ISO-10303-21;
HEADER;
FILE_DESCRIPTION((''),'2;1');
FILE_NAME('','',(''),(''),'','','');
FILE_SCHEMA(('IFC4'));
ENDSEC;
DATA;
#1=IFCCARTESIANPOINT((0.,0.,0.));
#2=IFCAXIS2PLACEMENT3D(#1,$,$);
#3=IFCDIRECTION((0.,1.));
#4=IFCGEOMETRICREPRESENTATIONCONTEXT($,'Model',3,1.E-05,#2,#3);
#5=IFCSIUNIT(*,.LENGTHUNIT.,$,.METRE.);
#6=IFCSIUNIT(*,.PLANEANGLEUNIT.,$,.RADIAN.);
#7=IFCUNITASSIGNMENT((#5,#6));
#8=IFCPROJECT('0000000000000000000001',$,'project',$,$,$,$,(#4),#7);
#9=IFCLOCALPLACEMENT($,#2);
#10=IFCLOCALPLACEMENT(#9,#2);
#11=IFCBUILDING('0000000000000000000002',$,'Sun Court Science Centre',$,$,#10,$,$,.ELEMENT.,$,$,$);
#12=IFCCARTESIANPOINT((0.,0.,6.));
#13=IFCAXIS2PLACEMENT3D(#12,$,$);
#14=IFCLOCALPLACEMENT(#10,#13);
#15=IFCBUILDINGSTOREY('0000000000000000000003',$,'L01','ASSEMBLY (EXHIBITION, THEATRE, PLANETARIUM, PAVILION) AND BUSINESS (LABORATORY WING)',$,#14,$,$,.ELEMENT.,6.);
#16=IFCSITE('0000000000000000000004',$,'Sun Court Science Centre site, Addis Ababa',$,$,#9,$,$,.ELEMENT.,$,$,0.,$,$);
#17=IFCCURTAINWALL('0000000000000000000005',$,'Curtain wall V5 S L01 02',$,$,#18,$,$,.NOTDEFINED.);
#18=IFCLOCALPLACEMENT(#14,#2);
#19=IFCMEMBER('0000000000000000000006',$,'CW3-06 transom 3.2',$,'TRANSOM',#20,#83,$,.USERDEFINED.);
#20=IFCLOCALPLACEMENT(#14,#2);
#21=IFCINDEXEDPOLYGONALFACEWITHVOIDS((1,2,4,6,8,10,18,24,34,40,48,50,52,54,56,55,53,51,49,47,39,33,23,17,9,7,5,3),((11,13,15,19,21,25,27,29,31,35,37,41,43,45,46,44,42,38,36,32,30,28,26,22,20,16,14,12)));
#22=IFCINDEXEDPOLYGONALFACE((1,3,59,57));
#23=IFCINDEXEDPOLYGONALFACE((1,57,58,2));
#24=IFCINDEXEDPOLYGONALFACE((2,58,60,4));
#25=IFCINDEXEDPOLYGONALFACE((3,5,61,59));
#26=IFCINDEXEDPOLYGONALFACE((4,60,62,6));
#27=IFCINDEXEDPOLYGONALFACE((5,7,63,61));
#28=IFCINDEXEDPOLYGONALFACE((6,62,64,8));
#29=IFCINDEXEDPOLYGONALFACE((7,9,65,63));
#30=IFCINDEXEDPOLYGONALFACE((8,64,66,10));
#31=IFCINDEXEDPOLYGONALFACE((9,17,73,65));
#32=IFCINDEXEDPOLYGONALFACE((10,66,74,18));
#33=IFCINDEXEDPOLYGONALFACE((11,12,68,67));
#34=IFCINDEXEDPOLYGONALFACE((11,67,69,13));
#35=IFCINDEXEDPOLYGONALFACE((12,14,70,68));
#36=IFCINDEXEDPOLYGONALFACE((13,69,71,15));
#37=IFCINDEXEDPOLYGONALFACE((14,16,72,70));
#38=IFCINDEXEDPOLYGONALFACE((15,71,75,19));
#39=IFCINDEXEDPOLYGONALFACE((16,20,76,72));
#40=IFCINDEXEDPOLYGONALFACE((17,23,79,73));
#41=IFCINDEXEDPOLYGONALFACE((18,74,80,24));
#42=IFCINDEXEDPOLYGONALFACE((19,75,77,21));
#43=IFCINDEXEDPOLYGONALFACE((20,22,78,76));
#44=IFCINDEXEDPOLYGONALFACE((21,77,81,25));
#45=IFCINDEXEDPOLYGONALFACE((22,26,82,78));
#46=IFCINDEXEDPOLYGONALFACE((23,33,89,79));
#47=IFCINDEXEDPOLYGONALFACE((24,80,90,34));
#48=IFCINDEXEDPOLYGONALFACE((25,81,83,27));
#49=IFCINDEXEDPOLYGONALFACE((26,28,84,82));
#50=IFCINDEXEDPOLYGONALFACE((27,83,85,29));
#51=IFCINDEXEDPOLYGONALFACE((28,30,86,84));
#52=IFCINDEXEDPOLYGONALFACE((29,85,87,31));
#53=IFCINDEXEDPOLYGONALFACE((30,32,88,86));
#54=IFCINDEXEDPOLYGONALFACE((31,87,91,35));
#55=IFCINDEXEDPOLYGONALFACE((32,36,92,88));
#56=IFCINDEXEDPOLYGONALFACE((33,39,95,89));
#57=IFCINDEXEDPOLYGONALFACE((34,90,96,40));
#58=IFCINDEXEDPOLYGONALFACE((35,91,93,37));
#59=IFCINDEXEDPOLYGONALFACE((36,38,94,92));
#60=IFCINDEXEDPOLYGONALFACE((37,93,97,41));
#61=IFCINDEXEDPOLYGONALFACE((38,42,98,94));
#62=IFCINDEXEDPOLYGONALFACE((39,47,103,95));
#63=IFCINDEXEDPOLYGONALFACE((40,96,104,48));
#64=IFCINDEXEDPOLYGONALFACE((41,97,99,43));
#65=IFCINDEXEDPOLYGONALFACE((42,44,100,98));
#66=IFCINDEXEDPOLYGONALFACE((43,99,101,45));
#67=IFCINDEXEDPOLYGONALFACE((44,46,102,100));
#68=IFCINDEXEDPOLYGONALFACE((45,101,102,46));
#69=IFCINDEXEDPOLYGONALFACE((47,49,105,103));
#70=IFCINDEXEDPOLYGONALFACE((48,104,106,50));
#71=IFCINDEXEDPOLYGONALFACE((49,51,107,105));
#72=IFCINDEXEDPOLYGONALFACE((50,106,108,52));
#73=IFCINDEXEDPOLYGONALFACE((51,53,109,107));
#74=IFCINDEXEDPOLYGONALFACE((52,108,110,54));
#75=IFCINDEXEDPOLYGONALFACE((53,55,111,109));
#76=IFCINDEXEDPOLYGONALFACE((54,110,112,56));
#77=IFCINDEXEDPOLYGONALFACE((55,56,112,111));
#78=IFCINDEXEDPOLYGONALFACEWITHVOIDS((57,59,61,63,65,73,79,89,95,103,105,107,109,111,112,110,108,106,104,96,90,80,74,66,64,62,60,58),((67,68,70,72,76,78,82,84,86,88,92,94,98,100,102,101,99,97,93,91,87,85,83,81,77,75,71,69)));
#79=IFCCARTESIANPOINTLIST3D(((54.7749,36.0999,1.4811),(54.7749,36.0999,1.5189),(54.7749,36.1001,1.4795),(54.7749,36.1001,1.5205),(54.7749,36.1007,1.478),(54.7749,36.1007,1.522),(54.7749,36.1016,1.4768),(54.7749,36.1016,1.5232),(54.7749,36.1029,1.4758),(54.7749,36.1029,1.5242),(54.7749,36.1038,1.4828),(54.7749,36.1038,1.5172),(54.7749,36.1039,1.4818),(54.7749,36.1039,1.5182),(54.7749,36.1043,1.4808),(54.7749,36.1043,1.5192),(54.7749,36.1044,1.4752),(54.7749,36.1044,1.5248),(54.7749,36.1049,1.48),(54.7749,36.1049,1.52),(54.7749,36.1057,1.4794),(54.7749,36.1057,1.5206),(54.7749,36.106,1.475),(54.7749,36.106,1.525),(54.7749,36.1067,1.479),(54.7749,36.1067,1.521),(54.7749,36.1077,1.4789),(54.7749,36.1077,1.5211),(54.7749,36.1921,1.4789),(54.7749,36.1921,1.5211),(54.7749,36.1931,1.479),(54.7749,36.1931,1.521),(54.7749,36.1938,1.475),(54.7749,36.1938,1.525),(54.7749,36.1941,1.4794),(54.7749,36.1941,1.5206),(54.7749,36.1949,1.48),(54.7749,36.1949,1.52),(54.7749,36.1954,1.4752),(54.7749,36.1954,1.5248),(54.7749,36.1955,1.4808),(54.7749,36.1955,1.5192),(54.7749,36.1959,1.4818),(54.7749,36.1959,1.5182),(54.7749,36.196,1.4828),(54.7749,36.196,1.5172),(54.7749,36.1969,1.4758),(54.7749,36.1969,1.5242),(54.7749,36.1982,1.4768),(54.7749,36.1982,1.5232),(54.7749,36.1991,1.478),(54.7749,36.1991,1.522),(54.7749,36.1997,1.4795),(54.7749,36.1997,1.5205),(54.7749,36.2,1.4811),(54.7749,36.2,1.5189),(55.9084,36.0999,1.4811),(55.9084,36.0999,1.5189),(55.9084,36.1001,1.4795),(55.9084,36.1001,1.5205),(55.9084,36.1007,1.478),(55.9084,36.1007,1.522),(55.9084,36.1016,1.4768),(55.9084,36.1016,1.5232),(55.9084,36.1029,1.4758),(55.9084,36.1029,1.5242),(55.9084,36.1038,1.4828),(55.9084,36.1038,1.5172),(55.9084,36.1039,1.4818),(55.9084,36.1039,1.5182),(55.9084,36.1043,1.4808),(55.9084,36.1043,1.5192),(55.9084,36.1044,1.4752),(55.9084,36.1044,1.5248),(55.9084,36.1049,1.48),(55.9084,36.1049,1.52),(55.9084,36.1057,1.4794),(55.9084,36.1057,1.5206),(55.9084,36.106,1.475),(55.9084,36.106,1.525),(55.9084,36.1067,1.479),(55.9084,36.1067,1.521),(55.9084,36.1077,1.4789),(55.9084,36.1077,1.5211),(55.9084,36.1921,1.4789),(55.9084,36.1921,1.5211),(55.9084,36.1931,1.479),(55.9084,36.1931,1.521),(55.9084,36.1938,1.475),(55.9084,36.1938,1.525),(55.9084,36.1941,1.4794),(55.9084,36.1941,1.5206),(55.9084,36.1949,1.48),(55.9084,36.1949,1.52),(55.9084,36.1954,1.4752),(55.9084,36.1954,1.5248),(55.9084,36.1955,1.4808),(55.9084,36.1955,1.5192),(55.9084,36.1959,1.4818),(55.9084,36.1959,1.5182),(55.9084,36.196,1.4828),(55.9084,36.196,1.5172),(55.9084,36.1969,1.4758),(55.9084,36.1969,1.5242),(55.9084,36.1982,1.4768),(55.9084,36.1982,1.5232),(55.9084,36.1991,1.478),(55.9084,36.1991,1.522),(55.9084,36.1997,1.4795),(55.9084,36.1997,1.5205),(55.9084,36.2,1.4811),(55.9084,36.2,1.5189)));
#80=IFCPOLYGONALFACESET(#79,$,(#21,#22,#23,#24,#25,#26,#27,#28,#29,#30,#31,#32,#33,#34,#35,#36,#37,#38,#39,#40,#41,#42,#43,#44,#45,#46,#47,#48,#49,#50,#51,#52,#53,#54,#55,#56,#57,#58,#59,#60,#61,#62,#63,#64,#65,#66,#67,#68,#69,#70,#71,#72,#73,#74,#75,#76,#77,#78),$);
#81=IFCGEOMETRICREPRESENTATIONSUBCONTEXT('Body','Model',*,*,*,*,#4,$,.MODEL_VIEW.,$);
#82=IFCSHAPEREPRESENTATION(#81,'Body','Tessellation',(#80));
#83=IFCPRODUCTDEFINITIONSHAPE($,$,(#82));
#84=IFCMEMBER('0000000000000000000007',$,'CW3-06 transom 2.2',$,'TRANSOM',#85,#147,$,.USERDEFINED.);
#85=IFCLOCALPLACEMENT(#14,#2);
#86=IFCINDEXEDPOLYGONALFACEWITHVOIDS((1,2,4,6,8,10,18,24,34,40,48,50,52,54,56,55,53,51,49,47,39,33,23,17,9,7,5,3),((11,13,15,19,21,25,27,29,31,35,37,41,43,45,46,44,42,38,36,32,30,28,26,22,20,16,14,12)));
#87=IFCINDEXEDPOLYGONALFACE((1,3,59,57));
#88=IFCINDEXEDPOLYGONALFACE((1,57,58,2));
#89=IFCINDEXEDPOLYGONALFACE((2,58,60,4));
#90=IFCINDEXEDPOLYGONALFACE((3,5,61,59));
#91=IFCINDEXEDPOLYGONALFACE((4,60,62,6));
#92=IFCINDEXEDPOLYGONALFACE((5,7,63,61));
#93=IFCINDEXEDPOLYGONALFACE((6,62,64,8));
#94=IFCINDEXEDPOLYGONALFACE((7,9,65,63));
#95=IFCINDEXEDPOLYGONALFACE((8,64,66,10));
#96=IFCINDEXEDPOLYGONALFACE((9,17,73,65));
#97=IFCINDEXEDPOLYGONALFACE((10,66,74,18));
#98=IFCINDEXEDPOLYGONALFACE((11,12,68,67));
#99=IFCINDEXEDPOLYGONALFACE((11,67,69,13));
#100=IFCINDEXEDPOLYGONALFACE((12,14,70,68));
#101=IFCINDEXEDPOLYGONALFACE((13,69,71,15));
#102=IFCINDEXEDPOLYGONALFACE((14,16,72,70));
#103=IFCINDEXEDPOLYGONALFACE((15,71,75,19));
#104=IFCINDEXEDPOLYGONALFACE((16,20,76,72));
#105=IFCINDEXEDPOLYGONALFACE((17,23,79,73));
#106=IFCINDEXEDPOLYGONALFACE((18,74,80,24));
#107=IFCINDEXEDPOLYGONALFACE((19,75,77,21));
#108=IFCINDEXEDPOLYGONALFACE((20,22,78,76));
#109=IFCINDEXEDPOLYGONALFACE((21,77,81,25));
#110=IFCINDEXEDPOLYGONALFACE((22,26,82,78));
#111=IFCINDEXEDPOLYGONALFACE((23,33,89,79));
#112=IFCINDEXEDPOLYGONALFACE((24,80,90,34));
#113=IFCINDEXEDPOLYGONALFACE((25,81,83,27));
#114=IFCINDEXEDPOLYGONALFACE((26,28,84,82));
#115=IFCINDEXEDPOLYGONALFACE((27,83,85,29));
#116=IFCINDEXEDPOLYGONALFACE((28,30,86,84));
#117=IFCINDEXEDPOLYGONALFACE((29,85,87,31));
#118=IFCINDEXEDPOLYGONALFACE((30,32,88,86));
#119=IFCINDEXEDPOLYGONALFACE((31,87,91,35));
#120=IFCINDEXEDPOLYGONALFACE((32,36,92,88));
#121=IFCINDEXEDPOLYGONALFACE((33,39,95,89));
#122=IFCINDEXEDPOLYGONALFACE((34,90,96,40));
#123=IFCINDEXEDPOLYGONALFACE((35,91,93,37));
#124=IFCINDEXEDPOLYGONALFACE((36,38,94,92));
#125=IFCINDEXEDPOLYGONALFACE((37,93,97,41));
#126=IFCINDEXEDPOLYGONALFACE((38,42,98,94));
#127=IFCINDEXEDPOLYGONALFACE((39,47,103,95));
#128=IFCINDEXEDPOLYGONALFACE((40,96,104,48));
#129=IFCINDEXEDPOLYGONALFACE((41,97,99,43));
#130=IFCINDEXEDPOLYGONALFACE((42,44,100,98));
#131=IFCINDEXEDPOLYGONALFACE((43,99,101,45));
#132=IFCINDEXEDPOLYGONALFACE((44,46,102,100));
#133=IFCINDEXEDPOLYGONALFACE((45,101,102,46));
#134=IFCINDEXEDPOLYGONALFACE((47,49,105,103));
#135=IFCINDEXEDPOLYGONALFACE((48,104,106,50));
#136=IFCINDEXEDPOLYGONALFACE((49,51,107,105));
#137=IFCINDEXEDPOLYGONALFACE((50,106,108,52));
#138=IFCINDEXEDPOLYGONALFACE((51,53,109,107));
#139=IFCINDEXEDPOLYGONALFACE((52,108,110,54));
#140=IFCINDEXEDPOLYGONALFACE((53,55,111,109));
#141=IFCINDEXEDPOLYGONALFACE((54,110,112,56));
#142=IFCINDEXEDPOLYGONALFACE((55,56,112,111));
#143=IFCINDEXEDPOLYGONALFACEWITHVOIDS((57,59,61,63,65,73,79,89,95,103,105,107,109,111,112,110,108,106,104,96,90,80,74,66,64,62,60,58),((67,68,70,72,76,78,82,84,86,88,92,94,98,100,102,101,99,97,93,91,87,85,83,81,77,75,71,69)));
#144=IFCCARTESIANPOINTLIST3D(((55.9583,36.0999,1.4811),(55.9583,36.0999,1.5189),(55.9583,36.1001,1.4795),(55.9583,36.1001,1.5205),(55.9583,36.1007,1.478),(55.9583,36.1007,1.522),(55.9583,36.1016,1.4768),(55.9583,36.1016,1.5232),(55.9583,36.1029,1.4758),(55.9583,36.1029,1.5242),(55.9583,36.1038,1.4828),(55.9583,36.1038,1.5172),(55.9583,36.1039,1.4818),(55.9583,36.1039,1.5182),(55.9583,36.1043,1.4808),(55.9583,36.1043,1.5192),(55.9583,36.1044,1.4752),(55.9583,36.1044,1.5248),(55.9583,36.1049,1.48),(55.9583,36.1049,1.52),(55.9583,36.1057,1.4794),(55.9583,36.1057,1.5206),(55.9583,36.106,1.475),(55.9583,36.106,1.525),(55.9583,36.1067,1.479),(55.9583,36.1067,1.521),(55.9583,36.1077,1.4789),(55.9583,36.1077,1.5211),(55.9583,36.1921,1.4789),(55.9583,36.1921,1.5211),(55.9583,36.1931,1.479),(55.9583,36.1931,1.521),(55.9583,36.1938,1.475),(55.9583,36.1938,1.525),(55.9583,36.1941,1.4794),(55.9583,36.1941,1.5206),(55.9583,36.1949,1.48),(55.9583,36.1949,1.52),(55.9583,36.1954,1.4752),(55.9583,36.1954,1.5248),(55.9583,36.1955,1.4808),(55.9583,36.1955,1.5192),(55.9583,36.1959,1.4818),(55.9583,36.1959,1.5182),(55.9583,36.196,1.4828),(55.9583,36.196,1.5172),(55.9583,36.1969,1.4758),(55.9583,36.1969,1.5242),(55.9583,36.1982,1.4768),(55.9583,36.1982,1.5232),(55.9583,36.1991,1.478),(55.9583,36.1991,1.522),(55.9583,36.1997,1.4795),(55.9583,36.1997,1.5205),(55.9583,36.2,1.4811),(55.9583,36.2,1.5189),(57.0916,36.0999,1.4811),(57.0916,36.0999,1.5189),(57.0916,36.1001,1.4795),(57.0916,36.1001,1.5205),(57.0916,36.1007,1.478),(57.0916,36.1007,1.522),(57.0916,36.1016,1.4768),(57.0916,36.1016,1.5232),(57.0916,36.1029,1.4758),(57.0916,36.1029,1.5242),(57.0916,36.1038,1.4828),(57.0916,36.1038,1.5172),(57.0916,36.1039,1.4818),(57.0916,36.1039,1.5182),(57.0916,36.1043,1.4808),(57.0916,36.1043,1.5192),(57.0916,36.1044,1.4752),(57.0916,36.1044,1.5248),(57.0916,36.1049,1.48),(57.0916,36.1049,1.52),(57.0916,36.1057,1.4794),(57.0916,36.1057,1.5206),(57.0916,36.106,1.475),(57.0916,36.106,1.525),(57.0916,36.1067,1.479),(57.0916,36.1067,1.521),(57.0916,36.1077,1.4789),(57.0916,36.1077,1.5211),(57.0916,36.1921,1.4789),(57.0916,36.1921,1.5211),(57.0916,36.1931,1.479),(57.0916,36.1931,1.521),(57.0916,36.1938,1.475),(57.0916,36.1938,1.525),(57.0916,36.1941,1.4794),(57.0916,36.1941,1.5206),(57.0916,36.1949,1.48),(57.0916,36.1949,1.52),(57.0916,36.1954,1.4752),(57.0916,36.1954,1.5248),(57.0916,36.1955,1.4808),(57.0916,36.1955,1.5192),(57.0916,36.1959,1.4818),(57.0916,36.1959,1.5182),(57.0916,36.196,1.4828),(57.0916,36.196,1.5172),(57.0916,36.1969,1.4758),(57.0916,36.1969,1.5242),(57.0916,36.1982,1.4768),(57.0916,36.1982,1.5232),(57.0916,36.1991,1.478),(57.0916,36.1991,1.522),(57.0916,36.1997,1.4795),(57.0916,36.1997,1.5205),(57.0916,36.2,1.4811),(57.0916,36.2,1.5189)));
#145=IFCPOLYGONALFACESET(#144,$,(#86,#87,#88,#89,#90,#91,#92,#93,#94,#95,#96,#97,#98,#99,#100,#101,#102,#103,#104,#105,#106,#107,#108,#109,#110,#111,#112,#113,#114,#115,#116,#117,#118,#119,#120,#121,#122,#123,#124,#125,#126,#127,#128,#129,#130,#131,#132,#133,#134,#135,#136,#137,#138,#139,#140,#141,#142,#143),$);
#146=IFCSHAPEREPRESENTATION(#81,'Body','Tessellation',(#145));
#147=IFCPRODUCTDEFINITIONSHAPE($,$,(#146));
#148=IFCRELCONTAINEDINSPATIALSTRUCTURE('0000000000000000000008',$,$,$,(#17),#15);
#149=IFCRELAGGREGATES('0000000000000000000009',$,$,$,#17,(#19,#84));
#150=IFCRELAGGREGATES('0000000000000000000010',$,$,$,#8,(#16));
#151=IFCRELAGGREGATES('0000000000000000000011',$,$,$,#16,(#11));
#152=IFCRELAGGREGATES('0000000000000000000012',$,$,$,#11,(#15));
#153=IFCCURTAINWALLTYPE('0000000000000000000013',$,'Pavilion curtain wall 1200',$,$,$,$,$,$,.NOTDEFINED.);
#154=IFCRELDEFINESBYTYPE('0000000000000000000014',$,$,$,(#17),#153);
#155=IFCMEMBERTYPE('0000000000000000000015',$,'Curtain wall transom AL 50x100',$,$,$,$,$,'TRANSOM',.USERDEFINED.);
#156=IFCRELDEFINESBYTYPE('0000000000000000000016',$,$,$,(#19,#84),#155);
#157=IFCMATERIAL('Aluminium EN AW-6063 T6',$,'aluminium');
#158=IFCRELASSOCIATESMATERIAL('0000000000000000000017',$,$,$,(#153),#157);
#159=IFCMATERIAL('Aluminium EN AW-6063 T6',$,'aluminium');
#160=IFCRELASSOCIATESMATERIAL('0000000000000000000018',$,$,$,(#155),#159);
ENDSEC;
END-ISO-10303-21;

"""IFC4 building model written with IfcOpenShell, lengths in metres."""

from ifc_helpers import new_model, si_unit, direction, frame, origin, origin_2d, place, context, subcontext, project, spatial, hollow_rectangle, extrude, material, material_profile, profile_set, type_object, element, aggregate, save


model = new_model("IFC4")

# Units and contexts
model_context = context("Model", 3, precision=1e-05, world=origin(), true_north=direction((0.0, 1.0)))
body_context = subcontext(model_context, "Body", "Model", "MODEL_VIEW")
ifc_project = project(units=[si_unit("LENGTHUNIT", "METRE"), si_unit("PLANEANGLEUNIT", "RADIAN")], contexts=[model_context])

# Site, building, storey
site_placement = place(None, origin())
site = spatial("IfcSite", under=ifc_project, at=site_placement, Name="Sun Court Science Centre site, Addis Ababa", CompositionType="ELEMENT", RefElevation=0.0)
building_placement = place(site_placement, origin())
building = spatial("IfcBuilding", under=site, at=building_placement, Name="Sun Court Science Centre", CompositionType="ELEMENT")
storey_placement = place(building_placement, frame((0.0, 0.0, 6.0)))
storey = spatial("IfcBuildingStorey", under=building, at=storey_placement, Name="L01", Description="ASSEMBLY (EXHIBITION, THEATRE, PLANETARIUM, PAVILION) AND BUSINESS (LABORATORY WING)", CompositionType="ELEMENT", Elevation=6.0)

# Curtain wall, members
ifc_material_1 = material(Name="Aluminium EN AW-6063 T6", Category="aluminium")
curtain_wall_type_1 = type_object("IfcCurtainWallType", Name="Pavilion curtain wall 1200", PredefinedType="NOTDEFINED", material=ifc_material_1)
curtain_wall_1_placement = place(storey_placement, origin())
curtain_wall_1 = element("IfcCurtainWall", 1, at=curtain_wall_1_placement, inside=storey, type_object=curtain_wall_type_1, Name="Curtain wall V5 S L01 02", PredefinedType="NOTDEFINED")
ifc_material_2 = material(Name="Aluminium EN AW-6063 T6", Category="aluminium")
ifc_material_profile_1 = material_profile(ifc_material_2, hollow_rectangle(XDim=0.05, YDim=0.1001, WallThickness=0.0039, InnerFilletRadius=0.0039, OuterFilletRadius=0.0061, at=origin_2d()), Name="AL 50x100x4")
ifc_profile_set_1 = profile_set([ifc_material_profile_1], Name="Aluminium EN AW-6063 T6")
member_type_1 = type_object("IfcMemberType", Name="Curtain wall transom AL 50x100", ElementType="TRANSOM", PredefinedType="USERDEFINED", material=ifc_profile_set_1)
member_1_placement = place(storey_placement, frame((55.9084, 36.1499, 1.5), z_axis=(-1.0, 0.0, 0.0), x_axis=(0.0, 0.0, 1.0)))
member_1 = element("IfcMember", 2, at=member_1_placement, type_object=member_type_1, Name="CW3-06 transom 3.2", ObjectType="TRANSOM", PredefinedType="USERDEFINED", context=body_context, shape_type="SweptSolid", body=[
    extrude(hollow_rectangle(XDim=0.05, YDim=0.1001, WallThickness=0.0039, InnerFilletRadius=0.0039, OuterFilletRadius=0.0061, at=origin_2d()), origin(), (0.0, 0.0, 1.0), 1.1335),
])
member_2_placement = place(storey_placement, frame((57.0916, 36.1499, 1.5), z_axis=(-1.0, 0.0, 0.0), x_axis=(0.0, 0.0, 1.0)))
member_2 = element("IfcMember", 3, at=member_2_placement, type_object=member_type_1, Name="CW3-06 transom 2.2", ObjectType="TRANSOM", PredefinedType="USERDEFINED", context=body_context, shape_type="SweptSolid", body=[
    extrude(hollow_rectangle(XDim=0.05, YDim=0.1001, WallThickness=0.0039, InnerFilletRadius=0.0039, OuterFilletRadius=0.0061, at=origin_2d()), origin(), (0.0, 0.0, 1.0), 1.1333),
])

aggregate(curtain_wall_1, [member_1, member_2])

save(model, "model.ifc")
